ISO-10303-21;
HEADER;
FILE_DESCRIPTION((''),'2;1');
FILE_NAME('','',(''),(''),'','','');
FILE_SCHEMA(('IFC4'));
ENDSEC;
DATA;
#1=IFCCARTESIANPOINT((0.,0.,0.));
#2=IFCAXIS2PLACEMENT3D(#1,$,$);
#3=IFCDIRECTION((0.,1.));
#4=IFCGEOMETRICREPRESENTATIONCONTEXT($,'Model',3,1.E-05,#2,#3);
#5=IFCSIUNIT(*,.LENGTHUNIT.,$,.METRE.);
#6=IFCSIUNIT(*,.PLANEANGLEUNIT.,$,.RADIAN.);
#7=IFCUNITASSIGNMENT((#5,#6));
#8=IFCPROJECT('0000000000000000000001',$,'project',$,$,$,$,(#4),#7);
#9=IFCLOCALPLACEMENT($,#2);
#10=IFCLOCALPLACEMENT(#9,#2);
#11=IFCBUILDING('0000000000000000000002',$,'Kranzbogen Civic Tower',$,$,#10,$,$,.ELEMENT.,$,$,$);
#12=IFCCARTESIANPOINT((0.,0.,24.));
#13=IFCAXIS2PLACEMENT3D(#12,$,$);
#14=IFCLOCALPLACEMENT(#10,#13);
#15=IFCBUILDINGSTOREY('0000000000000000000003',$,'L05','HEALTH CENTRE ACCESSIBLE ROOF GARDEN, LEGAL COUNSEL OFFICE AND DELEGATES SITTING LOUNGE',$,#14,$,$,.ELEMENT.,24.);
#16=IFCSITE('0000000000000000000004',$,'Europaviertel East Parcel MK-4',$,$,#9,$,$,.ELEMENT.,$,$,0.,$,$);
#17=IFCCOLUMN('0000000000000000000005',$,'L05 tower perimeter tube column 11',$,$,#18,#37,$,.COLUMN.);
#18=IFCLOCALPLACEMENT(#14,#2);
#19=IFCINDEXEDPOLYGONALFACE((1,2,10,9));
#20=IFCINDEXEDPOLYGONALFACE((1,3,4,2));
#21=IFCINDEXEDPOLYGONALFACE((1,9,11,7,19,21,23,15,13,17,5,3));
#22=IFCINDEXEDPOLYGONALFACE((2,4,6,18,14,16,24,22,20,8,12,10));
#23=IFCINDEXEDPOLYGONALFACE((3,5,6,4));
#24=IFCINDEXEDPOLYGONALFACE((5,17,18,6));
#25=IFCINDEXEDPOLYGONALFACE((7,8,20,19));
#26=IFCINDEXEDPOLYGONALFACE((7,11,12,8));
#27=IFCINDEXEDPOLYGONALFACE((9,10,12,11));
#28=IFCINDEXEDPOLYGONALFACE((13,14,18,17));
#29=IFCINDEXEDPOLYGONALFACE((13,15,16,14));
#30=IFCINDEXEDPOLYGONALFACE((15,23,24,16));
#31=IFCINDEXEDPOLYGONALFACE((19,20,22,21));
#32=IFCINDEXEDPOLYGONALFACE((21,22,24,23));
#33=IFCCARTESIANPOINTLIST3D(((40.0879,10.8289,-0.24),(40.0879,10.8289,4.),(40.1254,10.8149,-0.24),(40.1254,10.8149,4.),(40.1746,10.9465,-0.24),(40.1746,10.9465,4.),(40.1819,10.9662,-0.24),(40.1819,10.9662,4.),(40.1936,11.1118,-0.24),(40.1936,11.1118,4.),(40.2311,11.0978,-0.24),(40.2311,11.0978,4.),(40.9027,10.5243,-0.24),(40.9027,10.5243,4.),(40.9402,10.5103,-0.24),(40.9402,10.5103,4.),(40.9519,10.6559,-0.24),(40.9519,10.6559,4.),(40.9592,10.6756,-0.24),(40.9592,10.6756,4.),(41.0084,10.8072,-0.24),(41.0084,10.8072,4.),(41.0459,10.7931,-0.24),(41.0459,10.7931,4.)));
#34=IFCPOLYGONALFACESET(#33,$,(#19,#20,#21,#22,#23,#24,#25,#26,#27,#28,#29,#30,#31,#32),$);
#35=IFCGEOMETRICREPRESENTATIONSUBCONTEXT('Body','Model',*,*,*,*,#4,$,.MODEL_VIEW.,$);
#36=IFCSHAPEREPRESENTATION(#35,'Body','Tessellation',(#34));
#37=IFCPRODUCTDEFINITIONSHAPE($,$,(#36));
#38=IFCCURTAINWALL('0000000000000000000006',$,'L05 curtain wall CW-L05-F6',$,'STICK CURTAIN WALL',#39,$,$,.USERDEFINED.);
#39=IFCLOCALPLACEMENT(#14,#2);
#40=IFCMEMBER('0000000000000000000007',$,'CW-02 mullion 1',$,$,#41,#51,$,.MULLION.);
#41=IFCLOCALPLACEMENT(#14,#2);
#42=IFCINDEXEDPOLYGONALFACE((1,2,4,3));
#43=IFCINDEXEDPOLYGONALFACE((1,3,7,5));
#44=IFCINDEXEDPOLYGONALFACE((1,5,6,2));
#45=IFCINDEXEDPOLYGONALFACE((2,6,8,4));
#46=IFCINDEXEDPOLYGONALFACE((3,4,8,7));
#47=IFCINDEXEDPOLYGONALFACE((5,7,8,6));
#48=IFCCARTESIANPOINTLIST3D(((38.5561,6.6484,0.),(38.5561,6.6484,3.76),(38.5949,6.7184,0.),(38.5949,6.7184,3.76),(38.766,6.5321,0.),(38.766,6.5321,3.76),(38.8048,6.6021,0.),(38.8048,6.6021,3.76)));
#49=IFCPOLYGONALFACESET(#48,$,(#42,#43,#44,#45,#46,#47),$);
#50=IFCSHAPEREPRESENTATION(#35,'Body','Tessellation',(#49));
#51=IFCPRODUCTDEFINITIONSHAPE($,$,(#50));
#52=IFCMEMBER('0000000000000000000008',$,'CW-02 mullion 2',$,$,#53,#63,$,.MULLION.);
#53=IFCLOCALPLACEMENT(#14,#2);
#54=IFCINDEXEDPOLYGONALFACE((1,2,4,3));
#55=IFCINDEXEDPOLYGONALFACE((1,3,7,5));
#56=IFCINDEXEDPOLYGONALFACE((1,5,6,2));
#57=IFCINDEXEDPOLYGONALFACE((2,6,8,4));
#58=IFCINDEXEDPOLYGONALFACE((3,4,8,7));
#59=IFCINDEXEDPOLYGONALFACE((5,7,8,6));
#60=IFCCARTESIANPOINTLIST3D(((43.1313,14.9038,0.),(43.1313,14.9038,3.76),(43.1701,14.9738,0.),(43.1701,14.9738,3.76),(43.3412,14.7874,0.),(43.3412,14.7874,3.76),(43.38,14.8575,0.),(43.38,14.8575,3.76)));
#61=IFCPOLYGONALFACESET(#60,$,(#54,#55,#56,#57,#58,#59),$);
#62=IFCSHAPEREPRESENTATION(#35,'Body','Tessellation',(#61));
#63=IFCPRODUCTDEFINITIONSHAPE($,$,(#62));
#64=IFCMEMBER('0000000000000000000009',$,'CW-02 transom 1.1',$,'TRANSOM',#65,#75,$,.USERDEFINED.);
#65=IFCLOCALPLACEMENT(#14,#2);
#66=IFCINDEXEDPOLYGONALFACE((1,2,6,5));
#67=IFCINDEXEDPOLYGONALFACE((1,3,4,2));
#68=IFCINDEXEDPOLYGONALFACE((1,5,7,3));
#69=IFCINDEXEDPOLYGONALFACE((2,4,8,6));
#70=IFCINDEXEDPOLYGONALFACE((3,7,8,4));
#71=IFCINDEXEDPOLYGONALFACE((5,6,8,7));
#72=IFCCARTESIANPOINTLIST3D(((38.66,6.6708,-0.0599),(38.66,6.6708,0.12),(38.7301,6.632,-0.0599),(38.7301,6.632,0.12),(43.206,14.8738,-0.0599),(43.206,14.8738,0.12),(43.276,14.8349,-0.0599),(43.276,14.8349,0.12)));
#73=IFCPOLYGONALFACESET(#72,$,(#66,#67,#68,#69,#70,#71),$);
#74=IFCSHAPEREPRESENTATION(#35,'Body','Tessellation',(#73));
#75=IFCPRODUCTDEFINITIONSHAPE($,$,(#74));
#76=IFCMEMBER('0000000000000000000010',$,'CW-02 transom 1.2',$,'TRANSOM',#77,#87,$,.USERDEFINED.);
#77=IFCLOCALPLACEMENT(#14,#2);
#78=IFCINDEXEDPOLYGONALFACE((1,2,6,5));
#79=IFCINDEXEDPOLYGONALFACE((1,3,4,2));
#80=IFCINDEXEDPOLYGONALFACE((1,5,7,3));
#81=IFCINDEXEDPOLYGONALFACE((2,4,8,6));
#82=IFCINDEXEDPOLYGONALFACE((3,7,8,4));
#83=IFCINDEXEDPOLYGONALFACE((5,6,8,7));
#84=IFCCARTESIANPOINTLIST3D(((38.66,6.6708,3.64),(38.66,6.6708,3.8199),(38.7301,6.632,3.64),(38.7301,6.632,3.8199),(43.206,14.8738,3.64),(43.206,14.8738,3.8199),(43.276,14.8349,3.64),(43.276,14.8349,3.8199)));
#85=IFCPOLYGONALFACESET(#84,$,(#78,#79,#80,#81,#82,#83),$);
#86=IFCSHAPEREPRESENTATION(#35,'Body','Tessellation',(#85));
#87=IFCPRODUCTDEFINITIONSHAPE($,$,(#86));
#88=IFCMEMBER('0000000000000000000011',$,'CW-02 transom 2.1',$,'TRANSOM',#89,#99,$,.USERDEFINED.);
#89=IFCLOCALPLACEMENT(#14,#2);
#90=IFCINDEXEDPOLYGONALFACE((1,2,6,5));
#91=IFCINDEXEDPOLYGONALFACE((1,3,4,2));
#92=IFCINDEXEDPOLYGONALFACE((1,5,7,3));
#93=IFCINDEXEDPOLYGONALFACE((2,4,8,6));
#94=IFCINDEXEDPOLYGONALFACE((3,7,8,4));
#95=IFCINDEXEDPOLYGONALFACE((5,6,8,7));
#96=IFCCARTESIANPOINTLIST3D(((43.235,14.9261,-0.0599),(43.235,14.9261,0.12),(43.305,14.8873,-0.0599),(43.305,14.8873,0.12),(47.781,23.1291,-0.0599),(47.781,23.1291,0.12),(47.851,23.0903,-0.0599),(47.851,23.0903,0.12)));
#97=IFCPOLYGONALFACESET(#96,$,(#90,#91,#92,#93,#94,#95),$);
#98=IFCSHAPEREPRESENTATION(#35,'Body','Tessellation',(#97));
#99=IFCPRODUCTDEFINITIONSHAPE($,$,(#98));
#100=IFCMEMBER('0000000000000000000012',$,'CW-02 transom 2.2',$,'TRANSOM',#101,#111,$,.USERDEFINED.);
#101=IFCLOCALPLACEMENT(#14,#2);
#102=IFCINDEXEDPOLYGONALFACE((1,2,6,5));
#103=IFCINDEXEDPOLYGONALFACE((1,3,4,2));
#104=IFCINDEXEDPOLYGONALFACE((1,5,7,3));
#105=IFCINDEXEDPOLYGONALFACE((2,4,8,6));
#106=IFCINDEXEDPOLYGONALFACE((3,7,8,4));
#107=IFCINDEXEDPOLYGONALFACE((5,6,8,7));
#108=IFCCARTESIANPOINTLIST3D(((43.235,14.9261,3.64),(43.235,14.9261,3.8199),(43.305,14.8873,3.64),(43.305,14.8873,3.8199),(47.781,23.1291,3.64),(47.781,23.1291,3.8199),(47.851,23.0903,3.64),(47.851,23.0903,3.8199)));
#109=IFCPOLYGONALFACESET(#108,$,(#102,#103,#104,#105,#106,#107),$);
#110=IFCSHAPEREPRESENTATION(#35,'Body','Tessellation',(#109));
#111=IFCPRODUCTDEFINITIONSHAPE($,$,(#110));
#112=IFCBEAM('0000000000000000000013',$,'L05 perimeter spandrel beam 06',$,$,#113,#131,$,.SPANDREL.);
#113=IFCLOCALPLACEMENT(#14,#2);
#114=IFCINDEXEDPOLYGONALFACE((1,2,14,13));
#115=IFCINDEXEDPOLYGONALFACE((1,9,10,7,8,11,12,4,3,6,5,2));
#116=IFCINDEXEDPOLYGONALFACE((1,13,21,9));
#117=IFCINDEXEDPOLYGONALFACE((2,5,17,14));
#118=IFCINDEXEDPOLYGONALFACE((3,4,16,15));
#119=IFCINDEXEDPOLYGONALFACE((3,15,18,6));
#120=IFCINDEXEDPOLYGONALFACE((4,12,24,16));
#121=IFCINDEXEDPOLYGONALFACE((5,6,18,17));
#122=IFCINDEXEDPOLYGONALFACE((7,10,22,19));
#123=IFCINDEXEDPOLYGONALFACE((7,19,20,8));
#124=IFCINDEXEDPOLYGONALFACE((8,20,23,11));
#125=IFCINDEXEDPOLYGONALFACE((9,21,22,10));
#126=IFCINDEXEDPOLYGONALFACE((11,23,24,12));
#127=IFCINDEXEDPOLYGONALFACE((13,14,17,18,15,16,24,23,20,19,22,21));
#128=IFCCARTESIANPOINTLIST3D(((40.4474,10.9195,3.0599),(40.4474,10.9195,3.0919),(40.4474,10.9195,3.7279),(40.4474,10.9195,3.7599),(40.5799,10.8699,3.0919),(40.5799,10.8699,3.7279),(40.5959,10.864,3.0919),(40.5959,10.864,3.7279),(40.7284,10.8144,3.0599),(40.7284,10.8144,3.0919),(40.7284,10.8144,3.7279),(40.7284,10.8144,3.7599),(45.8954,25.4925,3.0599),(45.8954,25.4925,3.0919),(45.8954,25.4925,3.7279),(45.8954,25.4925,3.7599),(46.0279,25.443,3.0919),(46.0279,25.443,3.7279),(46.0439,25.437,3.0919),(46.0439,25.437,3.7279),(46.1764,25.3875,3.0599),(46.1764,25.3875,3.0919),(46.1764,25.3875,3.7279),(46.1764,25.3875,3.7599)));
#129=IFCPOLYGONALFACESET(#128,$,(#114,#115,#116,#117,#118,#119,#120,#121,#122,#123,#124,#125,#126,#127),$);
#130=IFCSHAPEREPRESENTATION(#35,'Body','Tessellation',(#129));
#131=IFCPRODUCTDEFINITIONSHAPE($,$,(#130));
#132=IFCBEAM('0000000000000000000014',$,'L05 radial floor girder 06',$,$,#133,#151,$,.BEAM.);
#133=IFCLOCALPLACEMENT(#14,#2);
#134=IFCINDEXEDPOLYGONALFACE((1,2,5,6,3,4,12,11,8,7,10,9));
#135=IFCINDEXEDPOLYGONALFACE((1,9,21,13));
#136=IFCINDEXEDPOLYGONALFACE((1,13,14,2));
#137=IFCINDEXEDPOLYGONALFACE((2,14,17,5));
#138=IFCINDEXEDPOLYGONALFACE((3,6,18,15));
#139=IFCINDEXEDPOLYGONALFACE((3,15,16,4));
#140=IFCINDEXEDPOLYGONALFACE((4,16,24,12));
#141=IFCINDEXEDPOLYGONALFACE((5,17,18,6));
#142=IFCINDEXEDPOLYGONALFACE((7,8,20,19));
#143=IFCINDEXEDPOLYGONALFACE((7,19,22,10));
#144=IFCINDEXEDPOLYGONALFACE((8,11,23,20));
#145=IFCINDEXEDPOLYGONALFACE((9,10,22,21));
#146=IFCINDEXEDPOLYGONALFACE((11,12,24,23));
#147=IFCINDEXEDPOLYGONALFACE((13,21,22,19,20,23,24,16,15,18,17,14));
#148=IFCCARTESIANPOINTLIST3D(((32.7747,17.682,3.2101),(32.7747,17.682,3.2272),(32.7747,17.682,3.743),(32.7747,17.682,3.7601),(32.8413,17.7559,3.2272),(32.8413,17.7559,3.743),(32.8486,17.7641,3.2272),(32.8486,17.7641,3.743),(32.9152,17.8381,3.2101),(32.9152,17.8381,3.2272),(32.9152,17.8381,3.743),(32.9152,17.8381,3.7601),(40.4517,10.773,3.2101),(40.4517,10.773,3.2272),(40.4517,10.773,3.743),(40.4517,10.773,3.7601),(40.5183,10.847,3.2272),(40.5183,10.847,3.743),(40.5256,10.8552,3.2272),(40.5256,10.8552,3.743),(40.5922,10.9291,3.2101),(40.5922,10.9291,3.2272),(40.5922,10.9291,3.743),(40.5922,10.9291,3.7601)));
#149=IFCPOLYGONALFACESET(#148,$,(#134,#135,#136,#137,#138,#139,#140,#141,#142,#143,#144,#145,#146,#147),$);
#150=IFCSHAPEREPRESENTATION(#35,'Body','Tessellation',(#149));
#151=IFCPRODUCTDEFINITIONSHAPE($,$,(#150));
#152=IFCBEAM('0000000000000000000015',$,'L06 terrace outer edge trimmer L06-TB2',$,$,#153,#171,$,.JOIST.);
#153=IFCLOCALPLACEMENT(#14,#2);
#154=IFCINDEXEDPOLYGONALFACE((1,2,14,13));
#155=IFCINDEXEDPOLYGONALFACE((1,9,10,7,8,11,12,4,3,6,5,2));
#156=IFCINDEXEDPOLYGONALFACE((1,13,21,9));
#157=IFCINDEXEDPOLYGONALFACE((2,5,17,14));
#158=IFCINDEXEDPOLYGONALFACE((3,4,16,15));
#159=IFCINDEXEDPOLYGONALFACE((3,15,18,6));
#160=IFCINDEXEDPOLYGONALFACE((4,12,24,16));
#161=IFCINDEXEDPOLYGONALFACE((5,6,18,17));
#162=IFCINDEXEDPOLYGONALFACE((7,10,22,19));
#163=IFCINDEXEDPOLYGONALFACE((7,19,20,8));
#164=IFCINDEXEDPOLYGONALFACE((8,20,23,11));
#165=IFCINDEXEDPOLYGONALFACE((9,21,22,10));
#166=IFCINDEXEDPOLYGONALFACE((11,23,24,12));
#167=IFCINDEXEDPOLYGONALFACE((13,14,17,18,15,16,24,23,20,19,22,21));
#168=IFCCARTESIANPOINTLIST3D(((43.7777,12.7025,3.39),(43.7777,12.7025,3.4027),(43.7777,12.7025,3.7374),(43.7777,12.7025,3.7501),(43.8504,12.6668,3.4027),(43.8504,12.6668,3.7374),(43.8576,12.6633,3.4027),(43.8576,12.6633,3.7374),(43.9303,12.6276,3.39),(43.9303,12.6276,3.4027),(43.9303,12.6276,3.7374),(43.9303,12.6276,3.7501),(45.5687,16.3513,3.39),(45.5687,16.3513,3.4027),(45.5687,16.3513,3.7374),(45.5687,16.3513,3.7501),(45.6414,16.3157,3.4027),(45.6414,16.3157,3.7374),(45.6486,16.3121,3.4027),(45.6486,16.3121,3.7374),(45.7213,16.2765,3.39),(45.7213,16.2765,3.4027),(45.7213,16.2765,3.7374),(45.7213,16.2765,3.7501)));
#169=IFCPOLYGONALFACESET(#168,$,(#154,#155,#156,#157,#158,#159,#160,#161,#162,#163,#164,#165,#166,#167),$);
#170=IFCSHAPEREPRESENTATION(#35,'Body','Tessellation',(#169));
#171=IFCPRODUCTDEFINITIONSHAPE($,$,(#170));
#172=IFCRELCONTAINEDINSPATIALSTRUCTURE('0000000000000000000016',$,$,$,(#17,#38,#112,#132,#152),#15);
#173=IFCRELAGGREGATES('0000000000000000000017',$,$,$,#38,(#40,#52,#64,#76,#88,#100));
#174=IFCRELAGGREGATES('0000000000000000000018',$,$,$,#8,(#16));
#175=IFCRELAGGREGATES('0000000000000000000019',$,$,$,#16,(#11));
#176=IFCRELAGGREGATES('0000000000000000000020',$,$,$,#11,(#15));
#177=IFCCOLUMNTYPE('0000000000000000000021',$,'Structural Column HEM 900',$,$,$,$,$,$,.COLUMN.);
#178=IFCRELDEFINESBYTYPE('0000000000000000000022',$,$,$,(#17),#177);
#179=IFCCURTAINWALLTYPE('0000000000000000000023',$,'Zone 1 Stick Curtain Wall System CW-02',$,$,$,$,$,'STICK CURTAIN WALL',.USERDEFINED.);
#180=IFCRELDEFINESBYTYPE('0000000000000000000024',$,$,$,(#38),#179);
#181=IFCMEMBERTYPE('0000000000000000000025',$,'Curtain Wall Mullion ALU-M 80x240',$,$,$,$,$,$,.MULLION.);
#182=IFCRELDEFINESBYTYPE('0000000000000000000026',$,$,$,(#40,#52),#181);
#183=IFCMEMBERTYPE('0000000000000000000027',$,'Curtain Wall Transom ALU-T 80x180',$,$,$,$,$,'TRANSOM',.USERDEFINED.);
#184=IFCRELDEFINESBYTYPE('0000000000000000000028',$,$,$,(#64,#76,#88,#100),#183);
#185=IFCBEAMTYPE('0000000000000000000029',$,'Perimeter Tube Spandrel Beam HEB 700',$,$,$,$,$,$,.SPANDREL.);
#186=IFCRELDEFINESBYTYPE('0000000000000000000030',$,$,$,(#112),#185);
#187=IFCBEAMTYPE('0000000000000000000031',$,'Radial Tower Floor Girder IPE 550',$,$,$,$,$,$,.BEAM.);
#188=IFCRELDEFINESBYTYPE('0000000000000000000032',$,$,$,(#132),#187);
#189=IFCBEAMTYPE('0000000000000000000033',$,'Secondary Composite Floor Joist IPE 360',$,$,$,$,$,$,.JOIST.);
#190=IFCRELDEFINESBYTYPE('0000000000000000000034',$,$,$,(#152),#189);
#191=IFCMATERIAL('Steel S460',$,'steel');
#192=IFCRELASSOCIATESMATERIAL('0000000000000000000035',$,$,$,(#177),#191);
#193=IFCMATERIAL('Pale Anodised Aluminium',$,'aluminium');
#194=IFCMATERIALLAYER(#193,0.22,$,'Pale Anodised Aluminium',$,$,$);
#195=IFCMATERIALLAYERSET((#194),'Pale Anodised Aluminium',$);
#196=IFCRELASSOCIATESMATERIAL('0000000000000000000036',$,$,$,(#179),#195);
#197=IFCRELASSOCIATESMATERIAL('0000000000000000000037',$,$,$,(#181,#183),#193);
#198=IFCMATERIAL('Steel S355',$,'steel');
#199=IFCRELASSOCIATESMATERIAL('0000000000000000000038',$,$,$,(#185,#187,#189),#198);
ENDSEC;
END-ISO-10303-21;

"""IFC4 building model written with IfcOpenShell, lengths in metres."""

from ifc_helpers import new_model, si_unit, direction, frame, origin, origin_2d, place, context, subcontext, project, spatial, rectangle, i_section, extrude, material, layer, layer_set, material_profile, profile_set, type_object, element, aggregate, save


model = new_model("IFC4")

# Units and contexts
model_context = context("Model", 3, precision=1e-05, world=origin(), true_north=direction((0.0, 1.0)))
body_context = subcontext(model_context, "Body", "Model", "MODEL_VIEW")
ifc_project = project(units=[si_unit("LENGTHUNIT", "METRE"), si_unit("PLANEANGLEUNIT", "RADIAN")], contexts=[model_context])

# Site, building, storey
site_placement = place(None, origin())
site = spatial("IfcSite", under=ifc_project, at=site_placement, Name="Europaviertel East Parcel MK-4", CompositionType="ELEMENT", RefElevation=0.0)
building_placement = place(site_placement, origin())
building = spatial("IfcBuilding", under=site, at=building_placement, Name="Kranzbogen Civic Tower", CompositionType="ELEMENT")
storey_placement = place(building_placement, frame((0.0, 0.0, 24.0)))
storey = spatial("IfcBuildingStorey", under=building, at=storey_placement, Name="L05", Description="HEALTH CENTRE ACCESSIBLE ROOF GARDEN, LEGAL COUNSEL OFFICE AND DELEGATES SITTING LOUNGE", CompositionType="ELEMENT", Elevation=24.0)

# Column
ifc_material_1 = material(Name="Steel S460", Category="steel")
ifc_material_profile_1 = material_profile(ifc_material_1, i_section(OverallWidth=0.302, OverallDepth=0.9099, WebThickness=0.021, FlangeThickness=0.04, at=origin_2d()), Name="HEM 900")
ifc_profile_set_1 = profile_set([ifc_material_profile_1], Name="Steel S460")
column_type = type_object("IfcColumnType", Name="Structural Column HEM 900", PredefinedType="COLUMN", material=ifc_profile_set_1)
column_placement = place(storey_placement, frame((40.5669, 10.811, -0.24), z_axis=(0.0, 0.0, 1.0), x_axis=(0.350207, 0.936672, 0.0)))
element("IfcColumn", 1, at=column_placement, inside=storey, type_object=column_type, Name="L05 tower perimeter tube column 11", PredefinedType="COLUMN", context=body_context, shape_type="SweptSolid", body=[
    extrude(i_section(OverallWidth=0.302, OverallDepth=0.9099, WebThickness=0.021, FlangeThickness=0.04, at=origin_2d()), origin(), (0.0, 0.0, 1.0), 4.24),
])

# Curtain wall, members
ifc_material_2 = material(Name="Pale Anodised Aluminium", Category="aluminium")
ifc_layer_1 = layer(ifc_material_2, 0.22, Name="Pale Anodised Aluminium")
ifc_layer_set_1 = layer_set([ifc_layer_1], Name="Pale Anodised Aluminium")
curtain_wall_type = type_object("IfcCurtainWallType", Name="Zone 1 Stick Curtain Wall System CW-02", ElementType="STICK CURTAIN WALL", PredefinedType="USERDEFINED", material=ifc_layer_set_1)
curtain_wall_placement = place(storey_placement, origin())
curtain_wall = element("IfcCurtainWall", 2, at=curtain_wall_placement, inside=storey, type_object=curtain_wall_type, Name="L05 curtain wall CW-L05-F6", ObjectType="STICK CURTAIN WALL", PredefinedType="USERDEFINED")
ifc_material_profile_2 = material_profile(ifc_material_2, rectangle(XDim=0.0801, YDim=0.24, at=origin_2d()), Name="ALU-M 80x240")
ifc_profile_set_2 = profile_set([ifc_material_profile_2], Name="Pale Anodised Aluminium")
member_type_1 = type_object("IfcMemberType", Name="Curtain Wall Mullion ALU-M 80x240", PredefinedType="MULLION", material=ifc_profile_set_2)
member_1_placement = place(storey_placement, frame((38.6804, 6.6252, 0.0), z_axis=(0.0, 0.0, 1.0), x_axis=(0.484728, 0.874665, 0.0)))
member_1 = element("IfcMember", 3, at=member_1_placement, type_object=member_type_1, Name="CW-02 mullion 1", PredefinedType="MULLION", context=body_context, shape_type="SweptSolid", body=[
    extrude(rectangle(XDim=0.0801, YDim=0.24, at=origin_2d()), origin(), (0.0, 0.0, 1.0), 3.76),
])
member_2_placement = place(storey_placement, frame((43.2556, 14.8806, 0.0), z_axis=(0.0, 0.0, 1.0), x_axis=(0.484728, 0.874665, 0.0)))
member_2 = element("IfcMember", 4, at=member_2_placement, type_object=member_type_1, Name="CW-02 mullion 2", PredefinedType="MULLION", context=body_context, shape_type="SweptSolid", body=[
    extrude(rectangle(XDim=0.0801, YDim=0.24, at=origin_2d()), origin(), (0.0, 0.0, 1.0), 3.76),
])
ifc_material_profile_3 = material_profile(ifc_material_2, rectangle(XDim=0.0801, YDim=0.1799, at=origin_2d()), Name="ALU-T 80x180")
ifc_profile_set_3 = profile_set([ifc_material_profile_3], Name="Pale Anodised Aluminium")
member_type_2 = type_object("IfcMemberType", Name="Curtain Wall Transom ALU-T 80x180", ElementType="TRANSOM", PredefinedType="USERDEFINED", material=ifc_profile_set_3)
member_3_placement = place(storey_placement, frame((38.6951, 6.6514, 0.03), z_axis=(0.484725, 0.874666, 0.0), x_axis=(-0.874666, 0.484725, 0.0)))
member_3 = element("IfcMember", 5, at=member_3_placement, type_object=member_type_2, Name="CW-02 transom 1.1", ObjectType="TRANSOM", PredefinedType="USERDEFINED", context=body_context, shape_type="SweptSolid", body=[
    extrude(rectangle(XDim=0.0801, YDim=0.1799, at=origin_2d()), origin(), (0.0, 0.0, 1.0), 9.3784),
])
member_4_placement = place(storey_placement, frame((38.6951, 6.6514, 3.73), z_axis=(0.484725, 0.874666, 0.0), x_axis=(-0.874666, 0.484725, 0.0)))
member_4 = element("IfcMember", 6, at=member_4_placement, type_object=member_type_2, Name="CW-02 transom 1.2", ObjectType="TRANSOM", PredefinedType="USERDEFINED", context=body_context, shape_type="SweptSolid", body=[
    extrude(rectangle(XDim=0.0801, YDim=0.1799, at=origin_2d()), origin(), (0.0, 0.0, 1.0), 9.3784),
])
member_5_placement = place(storey_placement, frame((43.27, 14.9067, 0.03), z_axis=(0.484725, 0.874666, 0.0), x_axis=(-0.874666, 0.484725, 0.0)))
member_5 = element("IfcMember", 7, at=member_5_placement, type_object=member_type_2, Name="CW-02 transom 2.1", ObjectType="TRANSOM", PredefinedType="USERDEFINED", context=body_context, shape_type="SweptSolid", body=[
    extrude(rectangle(XDim=0.0801, YDim=0.1799, at=origin_2d()), origin(), (0.0, 0.0, 1.0), 9.3784),
])
member_6_placement = place(storey_placement, frame((43.27, 14.9067, 3.73), z_axis=(0.484725, 0.874666, 0.0), x_axis=(-0.874666, 0.484725, 0.0)))
member_6 = element("IfcMember", 8, at=member_6_placement, type_object=member_type_2, Name="CW-02 transom 2.2", ObjectType="TRANSOM", PredefinedType="USERDEFINED", context=body_context, shape_type="SweptSolid", body=[
    extrude(rectangle(XDim=0.0801, YDim=0.1799, at=origin_2d()), origin(), (0.0, 0.0, 1.0), 9.3784),
])

# Beams
ifc_material_3 = material(Name="Steel S355", Category="steel")
ifc_material_profile_4 = material_profile(ifc_material_3, i_section(OverallWidth=0.3, OverallDepth=0.7, WebThickness=0.0171, FlangeThickness=0.032, at=origin_2d()), Name="HEB 700")
ifc_profile_set_4 = profile_set([ifc_material_profile_4], Name="Steel S355")
beam_type_1 = type_object("IfcBeamType", Name="Perimeter Tube Spandrel Beam HEB 700", PredefinedType="SPANDREL", material=ifc_profile_set_4)
beam_1_placement = place(storey_placement, frame((40.5879, 10.8669, 3.4099), z_axis=(0.350172, 0.936685, 0.0), x_axis=(-0.936685, 0.350172, 0.0)))
element("IfcBeam", 9, at=beam_1_placement, inside=storey, type_object=beam_type_1, Name="L05 perimeter spandrel beam 06", PredefinedType="SPANDREL", context=body_context, shape_type="SweptSolid", body=[
    extrude(i_section(OverallWidth=0.3, OverallDepth=0.7, WebThickness=0.0171, FlangeThickness=0.032, at=origin_2d()), origin(), (0.0, 0.0, 1.0), 15.5581),
])
ifc_material_profile_5 = material_profile(ifc_material_3, i_section(OverallWidth=0.21, OverallDepth=0.55, WebThickness=0.011, FlangeThickness=0.0171, at=origin_2d()), Name="IPE 550")
ifc_profile_set_5 = profile_set([ifc_material_profile_5], Name="Steel S355")
beam_type_2 = type_object("IfcBeamType", Name="Radial Tower Floor Girder IPE 550", PredefinedType="BEAM", material=ifc_profile_set_5)
beam_2_placement = place(storey_placement, frame((40.522, 10.8511, 3.4851), z_axis=(-0.743312, 0.668945, 0.0), x_axis=(-0.668945, -0.743312, 0.0)))
element("IfcBeam", 10, at=beam_2_placement, inside=storey, type_object=beam_type_2, Name="L05 radial floor girder 06", PredefinedType="BEAM", context=body_context, shape_type="SweptSolid", body=[
    extrude(i_section(OverallWidth=0.21, OverallDepth=0.55, WebThickness=0.011, FlangeThickness=0.0171, at=origin_2d()), origin(), (0.0, 0.0, 1.0), 10.3281),
])
ifc_material_profile_6 = material_profile(ifc_material_3, i_section(OverallWidth=0.1699, OverallDepth=0.3601, WebThickness=0.0081, FlangeThickness=0.0127, at=origin_2d()), Name="IPE 360")
ifc_profile_set_6 = profile_set([ifc_material_profile_6], Name="Steel S355")
beam_type_3 = type_object("IfcBeamType", Name="Secondary Composite Floor Joist IPE 360", PredefinedType="JOIST", material=ifc_profile_set_6)
beam_3_placement = place(storey_placement, frame((43.854, 12.665, 3.5701), z_axis=(0.440619, 0.897694, 0.0), x_axis=(-0.897694, 0.440619, 0.0)))
element("IfcBeam", 11, at=beam_3_placement, inside=storey, type_object=beam_type_3, Name="L06 terrace outer edge trimmer L06-TB2", PredefinedType="JOIST", context=body_context, shape_type="SweptSolid", body=[
    extrude(i_section(OverallWidth=0.1699, OverallDepth=0.3601, WebThickness=0.0081, FlangeThickness=0.0127, at=origin_2d()), origin(), (0.0, 0.0, 1.0), 4.0647),
])

aggregate(curtain_wall, [member_1, member_2, member_3, member_4, member_5, member_6])

save(model, "model.ifc")
